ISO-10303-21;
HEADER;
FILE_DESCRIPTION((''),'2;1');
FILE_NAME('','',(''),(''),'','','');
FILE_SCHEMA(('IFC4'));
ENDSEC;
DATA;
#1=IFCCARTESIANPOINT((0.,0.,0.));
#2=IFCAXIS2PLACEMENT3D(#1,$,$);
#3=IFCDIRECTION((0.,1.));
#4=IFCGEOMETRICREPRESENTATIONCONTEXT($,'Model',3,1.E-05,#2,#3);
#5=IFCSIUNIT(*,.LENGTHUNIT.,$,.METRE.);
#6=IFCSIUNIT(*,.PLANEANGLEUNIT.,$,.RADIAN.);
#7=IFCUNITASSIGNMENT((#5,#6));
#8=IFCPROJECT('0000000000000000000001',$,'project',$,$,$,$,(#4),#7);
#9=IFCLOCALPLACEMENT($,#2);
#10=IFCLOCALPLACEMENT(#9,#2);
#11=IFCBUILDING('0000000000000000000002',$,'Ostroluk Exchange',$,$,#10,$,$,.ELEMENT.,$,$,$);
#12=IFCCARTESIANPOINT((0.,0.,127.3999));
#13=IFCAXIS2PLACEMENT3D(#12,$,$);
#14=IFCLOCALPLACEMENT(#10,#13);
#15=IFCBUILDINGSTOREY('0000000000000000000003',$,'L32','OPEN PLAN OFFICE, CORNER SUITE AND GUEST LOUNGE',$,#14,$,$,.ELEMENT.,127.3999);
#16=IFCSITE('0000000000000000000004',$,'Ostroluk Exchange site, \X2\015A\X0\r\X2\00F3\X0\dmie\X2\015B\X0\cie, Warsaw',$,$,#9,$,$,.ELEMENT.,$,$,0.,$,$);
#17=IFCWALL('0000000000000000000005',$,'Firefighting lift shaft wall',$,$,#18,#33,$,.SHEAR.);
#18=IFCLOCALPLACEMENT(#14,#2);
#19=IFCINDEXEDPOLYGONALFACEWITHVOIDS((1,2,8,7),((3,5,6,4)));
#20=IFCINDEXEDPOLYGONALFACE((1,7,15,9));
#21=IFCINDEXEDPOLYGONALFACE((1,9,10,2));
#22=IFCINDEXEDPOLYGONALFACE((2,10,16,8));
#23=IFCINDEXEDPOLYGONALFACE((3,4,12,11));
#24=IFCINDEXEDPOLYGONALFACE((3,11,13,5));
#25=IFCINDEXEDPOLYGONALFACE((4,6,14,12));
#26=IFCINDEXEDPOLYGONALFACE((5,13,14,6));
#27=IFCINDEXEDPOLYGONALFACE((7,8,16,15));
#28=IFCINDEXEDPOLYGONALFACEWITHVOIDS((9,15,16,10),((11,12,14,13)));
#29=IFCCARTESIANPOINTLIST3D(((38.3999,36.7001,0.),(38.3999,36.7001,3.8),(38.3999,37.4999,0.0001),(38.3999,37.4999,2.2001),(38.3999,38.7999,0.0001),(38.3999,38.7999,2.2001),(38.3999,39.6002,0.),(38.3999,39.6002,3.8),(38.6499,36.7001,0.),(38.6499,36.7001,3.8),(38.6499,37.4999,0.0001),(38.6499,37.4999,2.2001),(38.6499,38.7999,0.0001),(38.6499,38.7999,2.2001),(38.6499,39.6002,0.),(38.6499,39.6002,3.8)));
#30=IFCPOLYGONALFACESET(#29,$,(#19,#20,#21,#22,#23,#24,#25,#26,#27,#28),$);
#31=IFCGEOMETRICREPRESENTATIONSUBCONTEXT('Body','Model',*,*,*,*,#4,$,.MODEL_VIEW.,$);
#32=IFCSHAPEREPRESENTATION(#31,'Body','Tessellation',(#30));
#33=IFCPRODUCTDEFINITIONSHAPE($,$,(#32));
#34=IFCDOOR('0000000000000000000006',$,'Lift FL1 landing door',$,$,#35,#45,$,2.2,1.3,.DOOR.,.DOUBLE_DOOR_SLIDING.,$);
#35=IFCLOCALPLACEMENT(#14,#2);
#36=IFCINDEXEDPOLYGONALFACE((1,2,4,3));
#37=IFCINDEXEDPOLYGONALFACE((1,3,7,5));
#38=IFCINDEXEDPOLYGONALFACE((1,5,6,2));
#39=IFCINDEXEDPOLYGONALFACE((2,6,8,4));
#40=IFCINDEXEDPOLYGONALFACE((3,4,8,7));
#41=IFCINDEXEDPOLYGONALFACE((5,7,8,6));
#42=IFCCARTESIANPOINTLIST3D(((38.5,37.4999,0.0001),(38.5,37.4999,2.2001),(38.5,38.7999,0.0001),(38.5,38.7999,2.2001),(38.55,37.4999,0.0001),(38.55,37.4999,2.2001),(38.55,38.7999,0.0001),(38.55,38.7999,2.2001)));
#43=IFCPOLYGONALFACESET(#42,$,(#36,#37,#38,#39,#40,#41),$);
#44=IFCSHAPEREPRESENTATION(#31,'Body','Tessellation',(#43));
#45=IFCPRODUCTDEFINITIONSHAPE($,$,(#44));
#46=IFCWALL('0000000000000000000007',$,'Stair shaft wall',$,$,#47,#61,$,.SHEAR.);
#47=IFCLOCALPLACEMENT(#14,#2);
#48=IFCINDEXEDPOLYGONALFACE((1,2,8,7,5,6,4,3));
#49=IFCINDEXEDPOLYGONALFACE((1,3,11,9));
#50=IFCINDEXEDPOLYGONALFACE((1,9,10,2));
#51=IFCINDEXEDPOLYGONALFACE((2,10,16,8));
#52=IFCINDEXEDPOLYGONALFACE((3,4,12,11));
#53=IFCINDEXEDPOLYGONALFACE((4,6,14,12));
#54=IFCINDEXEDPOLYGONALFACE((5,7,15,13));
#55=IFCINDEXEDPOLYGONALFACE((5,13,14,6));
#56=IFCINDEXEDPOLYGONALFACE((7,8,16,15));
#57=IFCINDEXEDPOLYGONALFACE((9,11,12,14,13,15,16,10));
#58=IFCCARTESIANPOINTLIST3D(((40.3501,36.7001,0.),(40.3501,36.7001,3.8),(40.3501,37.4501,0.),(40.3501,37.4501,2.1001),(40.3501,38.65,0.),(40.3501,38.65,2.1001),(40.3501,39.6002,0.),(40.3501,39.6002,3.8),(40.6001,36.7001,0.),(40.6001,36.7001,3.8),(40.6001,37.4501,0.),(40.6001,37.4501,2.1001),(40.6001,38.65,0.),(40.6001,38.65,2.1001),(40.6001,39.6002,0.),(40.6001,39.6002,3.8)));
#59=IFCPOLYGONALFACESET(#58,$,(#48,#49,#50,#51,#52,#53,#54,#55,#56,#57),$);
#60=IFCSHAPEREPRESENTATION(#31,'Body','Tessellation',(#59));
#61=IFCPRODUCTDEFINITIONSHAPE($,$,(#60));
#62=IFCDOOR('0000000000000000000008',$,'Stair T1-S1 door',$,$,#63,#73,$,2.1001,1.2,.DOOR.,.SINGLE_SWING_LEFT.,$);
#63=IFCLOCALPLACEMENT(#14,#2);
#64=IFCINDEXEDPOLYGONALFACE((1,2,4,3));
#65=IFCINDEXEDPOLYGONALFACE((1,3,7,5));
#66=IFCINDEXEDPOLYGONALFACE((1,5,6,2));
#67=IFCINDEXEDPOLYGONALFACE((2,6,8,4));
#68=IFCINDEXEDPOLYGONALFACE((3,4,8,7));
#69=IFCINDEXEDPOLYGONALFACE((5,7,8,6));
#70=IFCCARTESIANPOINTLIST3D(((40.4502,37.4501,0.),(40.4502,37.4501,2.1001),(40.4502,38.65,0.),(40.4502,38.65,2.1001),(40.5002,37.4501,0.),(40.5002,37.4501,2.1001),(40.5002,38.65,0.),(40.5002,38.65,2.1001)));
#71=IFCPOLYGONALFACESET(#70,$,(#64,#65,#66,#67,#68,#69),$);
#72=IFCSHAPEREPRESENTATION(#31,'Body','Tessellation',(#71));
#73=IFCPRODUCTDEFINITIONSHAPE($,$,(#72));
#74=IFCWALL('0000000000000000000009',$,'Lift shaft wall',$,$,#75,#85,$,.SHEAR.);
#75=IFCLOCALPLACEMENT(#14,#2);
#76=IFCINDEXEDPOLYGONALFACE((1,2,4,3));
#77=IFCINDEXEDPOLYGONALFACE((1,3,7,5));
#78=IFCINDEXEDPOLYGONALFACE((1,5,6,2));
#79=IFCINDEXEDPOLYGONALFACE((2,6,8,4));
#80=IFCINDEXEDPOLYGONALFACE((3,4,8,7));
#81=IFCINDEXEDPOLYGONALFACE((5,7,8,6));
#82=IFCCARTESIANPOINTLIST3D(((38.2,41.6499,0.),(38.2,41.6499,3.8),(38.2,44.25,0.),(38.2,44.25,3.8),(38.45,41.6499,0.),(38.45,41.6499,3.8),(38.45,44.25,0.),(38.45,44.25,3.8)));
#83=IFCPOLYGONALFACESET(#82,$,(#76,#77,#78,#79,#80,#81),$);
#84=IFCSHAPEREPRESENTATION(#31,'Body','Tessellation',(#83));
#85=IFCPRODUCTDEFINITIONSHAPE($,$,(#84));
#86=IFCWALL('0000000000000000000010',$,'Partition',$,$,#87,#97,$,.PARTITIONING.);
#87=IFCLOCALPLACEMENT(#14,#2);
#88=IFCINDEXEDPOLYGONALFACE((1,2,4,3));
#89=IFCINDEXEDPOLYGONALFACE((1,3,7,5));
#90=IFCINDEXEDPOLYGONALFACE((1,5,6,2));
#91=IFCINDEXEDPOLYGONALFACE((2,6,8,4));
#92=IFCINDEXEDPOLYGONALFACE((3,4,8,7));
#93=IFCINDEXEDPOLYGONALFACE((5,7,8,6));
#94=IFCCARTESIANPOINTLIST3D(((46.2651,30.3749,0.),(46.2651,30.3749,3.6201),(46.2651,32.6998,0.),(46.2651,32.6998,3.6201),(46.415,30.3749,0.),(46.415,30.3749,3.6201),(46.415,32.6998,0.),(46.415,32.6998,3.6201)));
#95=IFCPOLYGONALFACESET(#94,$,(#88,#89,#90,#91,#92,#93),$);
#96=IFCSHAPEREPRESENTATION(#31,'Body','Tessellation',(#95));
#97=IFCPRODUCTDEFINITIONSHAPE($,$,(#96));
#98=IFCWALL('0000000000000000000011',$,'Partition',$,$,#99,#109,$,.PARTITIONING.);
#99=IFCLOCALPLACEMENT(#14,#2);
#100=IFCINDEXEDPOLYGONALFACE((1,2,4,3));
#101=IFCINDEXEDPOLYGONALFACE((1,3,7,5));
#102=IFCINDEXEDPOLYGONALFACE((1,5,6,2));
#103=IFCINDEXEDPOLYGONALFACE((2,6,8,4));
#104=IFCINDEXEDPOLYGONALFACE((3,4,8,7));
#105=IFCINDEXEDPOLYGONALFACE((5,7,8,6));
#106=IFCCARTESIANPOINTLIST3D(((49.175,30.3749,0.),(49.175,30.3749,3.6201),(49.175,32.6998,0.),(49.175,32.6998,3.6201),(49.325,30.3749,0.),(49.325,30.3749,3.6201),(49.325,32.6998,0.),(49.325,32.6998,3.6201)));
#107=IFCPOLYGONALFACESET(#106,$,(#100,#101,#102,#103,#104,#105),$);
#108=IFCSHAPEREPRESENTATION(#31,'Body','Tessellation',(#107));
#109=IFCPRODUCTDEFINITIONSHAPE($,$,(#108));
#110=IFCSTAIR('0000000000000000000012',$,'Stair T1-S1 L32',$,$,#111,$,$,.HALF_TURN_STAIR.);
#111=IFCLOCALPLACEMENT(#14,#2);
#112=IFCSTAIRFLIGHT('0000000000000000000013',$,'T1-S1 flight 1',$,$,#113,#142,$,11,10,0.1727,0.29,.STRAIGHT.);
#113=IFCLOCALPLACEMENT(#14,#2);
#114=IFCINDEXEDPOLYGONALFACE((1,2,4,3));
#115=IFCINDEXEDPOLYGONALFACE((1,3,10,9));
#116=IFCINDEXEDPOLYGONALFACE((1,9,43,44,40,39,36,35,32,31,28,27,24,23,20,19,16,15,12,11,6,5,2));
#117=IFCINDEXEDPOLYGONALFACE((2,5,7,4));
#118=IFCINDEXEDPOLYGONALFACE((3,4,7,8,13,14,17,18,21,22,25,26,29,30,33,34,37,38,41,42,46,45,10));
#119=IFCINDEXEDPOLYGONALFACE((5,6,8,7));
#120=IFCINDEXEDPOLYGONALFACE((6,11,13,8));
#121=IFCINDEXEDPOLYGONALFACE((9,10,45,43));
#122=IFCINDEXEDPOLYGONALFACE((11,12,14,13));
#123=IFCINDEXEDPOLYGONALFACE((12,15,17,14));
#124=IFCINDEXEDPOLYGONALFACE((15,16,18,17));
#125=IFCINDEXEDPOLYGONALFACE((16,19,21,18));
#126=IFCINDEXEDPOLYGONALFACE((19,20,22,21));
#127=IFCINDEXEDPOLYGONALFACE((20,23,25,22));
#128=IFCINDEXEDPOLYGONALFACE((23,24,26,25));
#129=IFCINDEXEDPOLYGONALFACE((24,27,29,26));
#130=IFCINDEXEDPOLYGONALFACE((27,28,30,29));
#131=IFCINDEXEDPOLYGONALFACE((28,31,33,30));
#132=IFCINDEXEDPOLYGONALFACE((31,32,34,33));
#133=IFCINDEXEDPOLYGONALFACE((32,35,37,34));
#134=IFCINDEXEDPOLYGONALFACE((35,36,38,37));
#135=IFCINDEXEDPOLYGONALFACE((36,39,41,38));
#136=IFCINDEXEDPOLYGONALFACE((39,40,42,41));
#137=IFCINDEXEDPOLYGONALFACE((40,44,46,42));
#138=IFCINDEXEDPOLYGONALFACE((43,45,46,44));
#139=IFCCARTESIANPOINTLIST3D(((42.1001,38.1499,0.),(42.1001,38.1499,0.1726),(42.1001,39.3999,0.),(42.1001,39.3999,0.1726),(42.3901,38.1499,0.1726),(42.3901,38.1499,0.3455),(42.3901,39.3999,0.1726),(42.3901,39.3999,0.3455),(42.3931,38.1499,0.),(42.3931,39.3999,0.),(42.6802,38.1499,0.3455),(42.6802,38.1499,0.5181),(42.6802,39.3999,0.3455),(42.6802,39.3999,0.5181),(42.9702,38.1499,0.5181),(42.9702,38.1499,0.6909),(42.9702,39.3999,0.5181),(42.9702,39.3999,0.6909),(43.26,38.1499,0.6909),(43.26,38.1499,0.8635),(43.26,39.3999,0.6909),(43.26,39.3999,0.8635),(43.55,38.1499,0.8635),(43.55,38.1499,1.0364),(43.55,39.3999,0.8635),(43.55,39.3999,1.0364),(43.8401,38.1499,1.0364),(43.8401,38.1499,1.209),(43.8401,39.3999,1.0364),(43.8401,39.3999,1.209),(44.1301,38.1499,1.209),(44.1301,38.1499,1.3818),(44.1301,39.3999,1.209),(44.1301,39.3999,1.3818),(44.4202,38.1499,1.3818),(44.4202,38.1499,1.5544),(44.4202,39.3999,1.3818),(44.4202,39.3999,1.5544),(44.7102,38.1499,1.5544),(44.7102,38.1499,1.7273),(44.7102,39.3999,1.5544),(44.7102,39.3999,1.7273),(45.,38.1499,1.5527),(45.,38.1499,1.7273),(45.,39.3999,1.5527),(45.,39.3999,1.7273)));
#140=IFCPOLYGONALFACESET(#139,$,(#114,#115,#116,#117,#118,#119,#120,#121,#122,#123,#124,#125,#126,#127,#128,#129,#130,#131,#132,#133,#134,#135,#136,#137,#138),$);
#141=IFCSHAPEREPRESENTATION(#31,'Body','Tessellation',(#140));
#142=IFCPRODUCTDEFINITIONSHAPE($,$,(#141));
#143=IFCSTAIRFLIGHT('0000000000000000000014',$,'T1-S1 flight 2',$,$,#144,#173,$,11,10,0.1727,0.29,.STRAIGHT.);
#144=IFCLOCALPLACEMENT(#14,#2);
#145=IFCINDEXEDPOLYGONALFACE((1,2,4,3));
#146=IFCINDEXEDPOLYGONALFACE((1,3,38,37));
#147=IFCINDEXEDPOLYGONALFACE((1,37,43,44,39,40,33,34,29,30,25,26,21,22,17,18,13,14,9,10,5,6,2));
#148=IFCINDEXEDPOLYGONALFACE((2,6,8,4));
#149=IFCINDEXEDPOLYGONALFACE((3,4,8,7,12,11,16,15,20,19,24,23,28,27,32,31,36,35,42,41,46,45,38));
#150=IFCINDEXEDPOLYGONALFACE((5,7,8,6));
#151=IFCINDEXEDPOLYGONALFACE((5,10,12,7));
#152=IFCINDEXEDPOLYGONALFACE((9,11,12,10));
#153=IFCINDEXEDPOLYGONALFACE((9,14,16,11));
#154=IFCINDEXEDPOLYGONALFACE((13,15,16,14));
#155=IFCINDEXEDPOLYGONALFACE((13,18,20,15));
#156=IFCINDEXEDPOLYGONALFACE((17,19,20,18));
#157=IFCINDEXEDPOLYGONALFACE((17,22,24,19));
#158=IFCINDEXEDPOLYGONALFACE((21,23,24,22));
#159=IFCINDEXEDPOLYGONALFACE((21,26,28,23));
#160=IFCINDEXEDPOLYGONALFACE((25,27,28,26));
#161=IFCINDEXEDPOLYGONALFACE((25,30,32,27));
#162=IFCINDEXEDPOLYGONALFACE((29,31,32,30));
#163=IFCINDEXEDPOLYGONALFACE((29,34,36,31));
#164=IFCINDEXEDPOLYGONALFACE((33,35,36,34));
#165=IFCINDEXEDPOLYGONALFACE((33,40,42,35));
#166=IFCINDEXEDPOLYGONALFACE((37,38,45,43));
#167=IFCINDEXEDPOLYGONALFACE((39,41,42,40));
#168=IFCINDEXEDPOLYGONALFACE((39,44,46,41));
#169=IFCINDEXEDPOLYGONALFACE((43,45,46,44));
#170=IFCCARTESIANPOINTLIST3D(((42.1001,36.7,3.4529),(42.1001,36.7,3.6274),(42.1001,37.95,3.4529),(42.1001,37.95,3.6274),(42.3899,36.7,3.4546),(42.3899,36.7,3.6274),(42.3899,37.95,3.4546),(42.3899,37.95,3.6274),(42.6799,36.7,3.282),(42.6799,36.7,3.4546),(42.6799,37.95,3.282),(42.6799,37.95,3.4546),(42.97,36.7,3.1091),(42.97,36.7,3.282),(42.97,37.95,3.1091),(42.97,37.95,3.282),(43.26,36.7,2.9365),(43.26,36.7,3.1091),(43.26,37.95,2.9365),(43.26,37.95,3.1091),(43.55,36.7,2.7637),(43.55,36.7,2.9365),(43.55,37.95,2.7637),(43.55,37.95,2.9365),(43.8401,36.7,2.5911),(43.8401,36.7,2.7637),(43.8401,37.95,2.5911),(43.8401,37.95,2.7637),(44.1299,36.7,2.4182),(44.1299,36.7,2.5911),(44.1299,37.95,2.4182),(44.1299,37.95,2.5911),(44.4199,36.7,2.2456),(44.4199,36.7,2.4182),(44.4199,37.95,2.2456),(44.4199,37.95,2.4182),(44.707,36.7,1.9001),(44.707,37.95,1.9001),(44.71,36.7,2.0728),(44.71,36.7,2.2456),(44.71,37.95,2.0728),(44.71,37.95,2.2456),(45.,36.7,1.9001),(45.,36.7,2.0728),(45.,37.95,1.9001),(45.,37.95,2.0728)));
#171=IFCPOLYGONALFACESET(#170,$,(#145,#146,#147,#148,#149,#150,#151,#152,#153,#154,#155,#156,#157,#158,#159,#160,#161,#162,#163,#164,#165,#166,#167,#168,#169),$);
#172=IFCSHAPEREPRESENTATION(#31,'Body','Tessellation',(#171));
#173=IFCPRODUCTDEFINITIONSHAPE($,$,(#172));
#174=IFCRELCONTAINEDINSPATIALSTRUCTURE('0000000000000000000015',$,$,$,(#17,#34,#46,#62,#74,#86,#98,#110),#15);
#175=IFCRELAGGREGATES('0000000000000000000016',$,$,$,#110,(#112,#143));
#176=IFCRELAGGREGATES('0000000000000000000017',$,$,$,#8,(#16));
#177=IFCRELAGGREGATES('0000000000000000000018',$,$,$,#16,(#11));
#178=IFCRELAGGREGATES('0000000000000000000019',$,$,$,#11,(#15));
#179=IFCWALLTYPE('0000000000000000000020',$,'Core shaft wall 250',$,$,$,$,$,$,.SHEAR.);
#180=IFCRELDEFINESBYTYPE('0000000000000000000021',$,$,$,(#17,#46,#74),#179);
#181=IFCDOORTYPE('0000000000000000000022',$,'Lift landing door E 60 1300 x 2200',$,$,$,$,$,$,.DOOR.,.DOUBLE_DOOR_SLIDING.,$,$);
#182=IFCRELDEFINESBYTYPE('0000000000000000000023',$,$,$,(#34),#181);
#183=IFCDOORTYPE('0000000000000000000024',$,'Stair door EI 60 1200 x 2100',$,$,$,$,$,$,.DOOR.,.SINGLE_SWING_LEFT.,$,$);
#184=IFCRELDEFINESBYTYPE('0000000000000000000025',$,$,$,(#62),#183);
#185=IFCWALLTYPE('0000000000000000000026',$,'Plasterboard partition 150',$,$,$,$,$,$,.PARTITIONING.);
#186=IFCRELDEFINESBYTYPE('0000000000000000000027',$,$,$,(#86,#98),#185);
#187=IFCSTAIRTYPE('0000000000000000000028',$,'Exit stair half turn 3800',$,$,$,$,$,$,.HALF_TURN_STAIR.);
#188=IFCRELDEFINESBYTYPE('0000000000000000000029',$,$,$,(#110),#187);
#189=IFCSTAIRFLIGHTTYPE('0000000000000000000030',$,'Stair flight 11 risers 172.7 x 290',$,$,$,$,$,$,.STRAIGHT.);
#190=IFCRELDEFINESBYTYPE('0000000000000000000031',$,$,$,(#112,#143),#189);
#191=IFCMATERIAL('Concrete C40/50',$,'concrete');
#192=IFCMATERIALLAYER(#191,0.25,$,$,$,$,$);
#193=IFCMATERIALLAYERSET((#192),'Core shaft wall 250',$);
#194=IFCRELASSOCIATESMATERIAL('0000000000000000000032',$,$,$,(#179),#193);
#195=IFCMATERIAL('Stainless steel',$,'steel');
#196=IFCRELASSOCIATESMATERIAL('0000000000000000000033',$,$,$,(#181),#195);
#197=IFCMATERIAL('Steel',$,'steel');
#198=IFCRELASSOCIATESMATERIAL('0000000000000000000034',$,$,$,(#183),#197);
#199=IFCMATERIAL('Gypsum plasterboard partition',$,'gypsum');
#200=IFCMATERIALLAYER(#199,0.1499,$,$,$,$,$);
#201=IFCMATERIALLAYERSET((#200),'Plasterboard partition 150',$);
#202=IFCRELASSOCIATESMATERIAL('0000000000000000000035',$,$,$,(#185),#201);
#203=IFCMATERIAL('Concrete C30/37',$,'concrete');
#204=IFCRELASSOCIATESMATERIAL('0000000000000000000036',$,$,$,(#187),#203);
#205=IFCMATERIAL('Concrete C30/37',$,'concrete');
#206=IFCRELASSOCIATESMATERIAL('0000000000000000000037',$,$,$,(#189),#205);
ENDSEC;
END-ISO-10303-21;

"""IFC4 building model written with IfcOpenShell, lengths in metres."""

from ifc_helpers import new_model, si_unit, direction, frame, frame_2d, origin, place, context, subcontext, project, spatial, polyline, rectangle, outline, extrude, material, layer, layer_set, type_object, element, fill, aggregate, save


model = new_model("IFC4")

# Units and contexts
model_context = context("Model", 3, precision=1e-05, world=origin(), true_north=direction((0.0, 1.0)))
body_context = subcontext(model_context, "Body", "Model", "MODEL_VIEW")
ifc_project = project(units=[si_unit("LENGTHUNIT", "METRE"), si_unit("PLANEANGLEUNIT", "RADIAN")], contexts=[model_context])

# Site, building, storey
site_placement = place(None, origin())
site = spatial("IfcSite", under=ifc_project, at=site_placement, Name="Ostroluk Exchange site, Śródmieście, Warsaw", CompositionType="ELEMENT", RefElevation=0.0)
building_placement = place(site_placement, origin())
building = spatial("IfcBuilding", under=site, at=building_placement, Name="Ostroluk Exchange", CompositionType="ELEMENT")
storey_placement = place(building_placement, frame((0.0, 0.0, 127.3999)))
storey = spatial("IfcBuildingStorey", under=building, at=storey_placement, Name="L32", Description="OPEN PLAN OFFICE, CORNER SUITE AND GUEST LOUNGE", CompositionType="ELEMENT", Elevation=127.3999)

# Walls, openings, doors
ifc_material_1 = material(Name="Concrete C40/50", Category="concrete")
ifc_layer_1 = layer(ifc_material_1, 0.25)
ifc_layer_set_1 = layer_set([ifc_layer_1], Name="Core shaft wall 250")
wall_type_1 = type_object("IfcWallType", Name="Core shaft wall 250", PredefinedType="SHEAR", material=ifc_layer_set_1)
wall_1_placement = place(storey_placement, frame((38.5249, 36.7, 0.0), z_axis=(0.0, 0.0, 1.0), x_axis=(0.0, 1.0, 0.0)))
wall_1 = element("IfcWall", 1, at=wall_1_placement, inside=storey, type_object=wall_type_1, Name="Firefighting lift shaft wall", PredefinedType="SHEAR", context=body_context, shape_type="SweptSolid", body=[
    extrude(rectangle(XDim=2.9001, YDim=0.25, at=frame_2d((1.4502, 0.0))), origin(), (0.0, 0.0, 1.0), 3.8),
])
opening_1_placement = place(wall_1_placement, frame((0.8, 0.0, 0.0)))
opening_1 = element("IfcOpeningElement", 2, at=opening_1_placement, cuts=wall_1, PredefinedType="OPENING", context=body_context, shape_type="SweptSolid", body=[
    extrude(rectangle(XDim=1.3, YDim=2.2, at=frame_2d((0.6499, 1.1001))), frame((0.0, 0.135, 0.0), z_axis=(0.0, -1.0, 0.0), x_axis=(1.0, 0.0, 0.0)), (0.0, 0.0, 1.0), 0.27),
])
ifc_material_2 = material(Name="Stainless steel", Category="steel")
door_type_1 = type_object("IfcDoorType", Name="Lift landing door E 60 1300 x 2200", OperationType="DOUBLE_DOOR_SLIDING", PredefinedType="DOOR", material=ifc_material_2)
door_1_placement = place(opening_1_placement, origin())
door_1 = element("IfcDoor", 3, at=door_1_placement, inside=storey, type_object=door_type_1, Name="Lift FL1 landing door", OperationType="DOUBLE_DOOR_SLIDING", OverallHeight=2.2, OverallWidth=1.3, PredefinedType="DOOR", context=body_context, shape_type="SweptSolid", body=[
    extrude(rectangle(XDim=1.3, YDim=2.2, at=frame_2d((0.6499, 1.1001))), frame((0.0, 0.0249, 0.0), z_axis=(0.0, -1.0, 0.0), x_axis=(1.0, 0.0, 0.0)), (0.0, 0.0, 1.0), 0.05),
])
fill(opening_1, door_1)
wall_2_placement = place(storey_placement, frame((40.4751, 36.7, 0.0), z_axis=(0.0, 0.0, 1.0), x_axis=(0.0, 1.0, 0.0)))
wall_2 = element("IfcWall", 4, at=wall_2_placement, inside=storey, type_object=wall_type_1, Name="Stair shaft wall", PredefinedType="SHEAR", context=body_context, shape_type="SweptSolid", body=[
    extrude(rectangle(XDim=2.9001, YDim=0.25, at=frame_2d((1.4502, 0.0))), origin(), (0.0, 0.0, 1.0), 3.8),
])
opening_2_placement = place(wall_2_placement, frame((0.75, 0.0, 0.0)))
opening_2 = element("IfcOpeningElement", 5, at=opening_2_placement, cuts=wall_2, PredefinedType="OPENING", context=body_context, shape_type="SweptSolid", body=[
    extrude(rectangle(XDim=1.2, YDim=2.1001, at=frame_2d((0.6001, 1.05))), frame((0.0, 0.135, 0.0), z_axis=(0.0, -1.0, 0.0), x_axis=(1.0, 0.0, 0.0)), (0.0, 0.0, 1.0), 0.27),
])
ifc_material_3 = material(Name="Steel", Category="steel")
door_type_2 = type_object("IfcDoorType", Name="Stair door EI 60 1200 x 2100", OperationType="SINGLE_SWING_LEFT", PredefinedType="DOOR", material=ifc_material_3)
door_2_placement = place(opening_2_placement, origin())
door_2 = element("IfcDoor", 6, at=door_2_placement, inside=storey, type_object=door_type_2, Name="Stair T1-S1 door", OperationType="SINGLE_SWING_LEFT", OverallHeight=2.1001, OverallWidth=1.2, PredefinedType="DOOR", context=body_context, shape_type="SweptSolid", body=[
    extrude(rectangle(XDim=1.2, YDim=2.1001, at=frame_2d((0.6001, 1.05))), frame((0.0, 0.0249, 0.0), z_axis=(0.0, -1.0, 0.0), x_axis=(1.0, 0.0, 0.0)), (0.0, 0.0, 1.0), 0.05),
])
fill(opening_2, door_2)

# Walls
wall_3_placement = place(storey_placement, frame((38.325, 44.25, 0.0), z_axis=(0.0, 0.0, 1.0), x_axis=(0.0, -1.0, 0.0)))
element("IfcWall", 7, at=wall_3_placement, inside=storey, type_object=wall_type_1, Name="Lift shaft wall", PredefinedType="SHEAR", context=body_context, shape_type="SweptSolid", body=[
    extrude(rectangle(XDim=2.6001, YDim=0.25, at=frame_2d((1.3, 0.0))), origin(), (0.0, 0.0, 1.0), 3.8),
])
ifc_material_4 = material(Name="Gypsum plasterboard partition", Category="gypsum")
ifc_layer_2 = layer(ifc_material_4, 0.1499)
ifc_layer_set_2 = layer_set([ifc_layer_2], Name="Plasterboard partition 150")
wall_type_2 = type_object("IfcWallType", Name="Plasterboard partition 150", PredefinedType="PARTITIONING", material=ifc_layer_set_2)
for number, where, z_axis, x_axis, name in (
    (8, (46.3401, 32.7, 0.0), (0.0, 0.0, 1.0), (0.0, -1.0, 0.0), "Partition"),
    (9, (49.25, 32.7, 0.0), (0.0, 0.0, 1.0), (0.0, -1.0, 0.0), "Partition"),
):
    element("IfcWall", number, at=place(storey_placement, frame(where, z_axis=z_axis, x_axis=x_axis)), inside=storey, type_object=wall_type_2, Name=name, PredefinedType="PARTITIONING", context=body_context, shape_type="SweptSolid", body=[
        extrude(rectangle(XDim=2.325, YDim=0.1499, at=frame_2d((1.1626, 0.0))), origin(), (0.0, 0.0, 1.0), 3.6201),
    ])

# Stair, stair flights
ifc_material_5 = material(Name="Concrete C30/37", Category="concrete")
stair_type = type_object("IfcStairType", Name="Exit stair half turn 3800", PredefinedType="HALF_TURN_STAIR", material=ifc_material_5)
stair_placement = place(storey_placement, origin())
stair = element("IfcStair", 10, at=stair_placement, inside=storey, type_object=stair_type, Name="Stair T1-S1 L32", PredefinedType="HALF_TURN_STAIR")
ifc_material_6 = material(Name="Concrete C30/37", Category="concrete")
stair_flight_type = type_object("IfcStairFlightType", Name="Stair flight 11 risers 172.7 x 290", PredefinedType="STRAIGHT", material=ifc_material_6)
stair_flight_1_placement = place(storey_placement, frame((42.1001, 38.7749, 0.0), z_axis=(0.0, 0.0, 1.0), x_axis=(1.0, 0.0, 0.0)))
stair_flight_1 = element("IfcStairFlight", 11, at=stair_flight_1_placement, type_object=stair_flight_type, Name="T1-S1 flight 1", NumberOfRisers=11, NumberOfTreads=10, PredefinedType="STRAIGHT", RiserHeight=0.1727, TreadLength=0.29, context=body_context, shape_type="SweptSolid", body=[
    extrude(outline(polyline([(0.0, 0.0), (0.0, 0.1726), (0.29, 0.1726), (0.29, 0.3455), (0.5801, 0.3455), (0.5801, 0.5181), (0.8701, 0.5181), (0.8701, 0.6909), (1.1599, 0.6909), (1.1599, 0.8635), (1.45, 0.8635), (1.45, 1.0364), (1.74, 1.0364), (1.74, 1.209), (2.03, 1.209), (2.03, 1.3818), (2.3201, 1.3818), (2.3201, 1.5544), (2.6101, 1.5544), (2.6101, 1.7273), (2.8999, 1.7273), (2.8999, 1.8999), (2.8999, 1.5527), (0.293, 0.0), (0.0, 0.0)])), frame((0.0, 0.625, 0.0), z_axis=(0.0, -1.0, 0.0), x_axis=(1.0, 0.0, 0.0)), (0.0, 0.0, 1.0), 1.25),
])
stair_flight_2_placement = place(storey_placement, frame((45.0, 37.325, 1.9001), z_axis=(0.0, 0.0, 1.0), x_axis=(-1.0, 0.0, 0.0)))
stair_flight_2 = element("IfcStairFlight", 12, at=stair_flight_2_placement, type_object=stair_flight_type, Name="T1-S1 flight 2", NumberOfRisers=11, NumberOfTreads=10, PredefinedType="STRAIGHT", RiserHeight=0.1727, TreadLength=0.29, context=body_context, shape_type="SweptSolid", body=[
    extrude(outline(polyline([(0.0, 0.0), (0.0, 0.1726), (0.29, 0.1726), (0.29, 0.3455), (0.5801, 0.3455), (0.5801, 0.5181), (0.8701, 0.5181), (0.8701, 0.6909), (1.1599, 0.6909), (1.1599, 0.8635), (1.45, 0.8635), (1.45, 1.0364), (1.74, 1.0364), (1.74, 1.209), (2.03, 1.209), (2.03, 1.3818), (2.3201, 1.3818), (2.3201, 1.5544), (2.6101, 1.5544), (2.6101, 1.7273), (2.8999, 1.7273), (2.8999, 1.8999), (2.8999, 1.5527), (0.293, 0.0), (0.0, 0.0)])), frame((0.0, 0.625, 0.0), z_axis=(0.0, -1.0, 0.0), x_axis=(1.0, 0.0, 0.0)), (0.0, 0.0, 1.0), 1.25),
])
aggregate(stair, [stair_flight_1, stair_flight_2])

save(model, "model.ifc")
